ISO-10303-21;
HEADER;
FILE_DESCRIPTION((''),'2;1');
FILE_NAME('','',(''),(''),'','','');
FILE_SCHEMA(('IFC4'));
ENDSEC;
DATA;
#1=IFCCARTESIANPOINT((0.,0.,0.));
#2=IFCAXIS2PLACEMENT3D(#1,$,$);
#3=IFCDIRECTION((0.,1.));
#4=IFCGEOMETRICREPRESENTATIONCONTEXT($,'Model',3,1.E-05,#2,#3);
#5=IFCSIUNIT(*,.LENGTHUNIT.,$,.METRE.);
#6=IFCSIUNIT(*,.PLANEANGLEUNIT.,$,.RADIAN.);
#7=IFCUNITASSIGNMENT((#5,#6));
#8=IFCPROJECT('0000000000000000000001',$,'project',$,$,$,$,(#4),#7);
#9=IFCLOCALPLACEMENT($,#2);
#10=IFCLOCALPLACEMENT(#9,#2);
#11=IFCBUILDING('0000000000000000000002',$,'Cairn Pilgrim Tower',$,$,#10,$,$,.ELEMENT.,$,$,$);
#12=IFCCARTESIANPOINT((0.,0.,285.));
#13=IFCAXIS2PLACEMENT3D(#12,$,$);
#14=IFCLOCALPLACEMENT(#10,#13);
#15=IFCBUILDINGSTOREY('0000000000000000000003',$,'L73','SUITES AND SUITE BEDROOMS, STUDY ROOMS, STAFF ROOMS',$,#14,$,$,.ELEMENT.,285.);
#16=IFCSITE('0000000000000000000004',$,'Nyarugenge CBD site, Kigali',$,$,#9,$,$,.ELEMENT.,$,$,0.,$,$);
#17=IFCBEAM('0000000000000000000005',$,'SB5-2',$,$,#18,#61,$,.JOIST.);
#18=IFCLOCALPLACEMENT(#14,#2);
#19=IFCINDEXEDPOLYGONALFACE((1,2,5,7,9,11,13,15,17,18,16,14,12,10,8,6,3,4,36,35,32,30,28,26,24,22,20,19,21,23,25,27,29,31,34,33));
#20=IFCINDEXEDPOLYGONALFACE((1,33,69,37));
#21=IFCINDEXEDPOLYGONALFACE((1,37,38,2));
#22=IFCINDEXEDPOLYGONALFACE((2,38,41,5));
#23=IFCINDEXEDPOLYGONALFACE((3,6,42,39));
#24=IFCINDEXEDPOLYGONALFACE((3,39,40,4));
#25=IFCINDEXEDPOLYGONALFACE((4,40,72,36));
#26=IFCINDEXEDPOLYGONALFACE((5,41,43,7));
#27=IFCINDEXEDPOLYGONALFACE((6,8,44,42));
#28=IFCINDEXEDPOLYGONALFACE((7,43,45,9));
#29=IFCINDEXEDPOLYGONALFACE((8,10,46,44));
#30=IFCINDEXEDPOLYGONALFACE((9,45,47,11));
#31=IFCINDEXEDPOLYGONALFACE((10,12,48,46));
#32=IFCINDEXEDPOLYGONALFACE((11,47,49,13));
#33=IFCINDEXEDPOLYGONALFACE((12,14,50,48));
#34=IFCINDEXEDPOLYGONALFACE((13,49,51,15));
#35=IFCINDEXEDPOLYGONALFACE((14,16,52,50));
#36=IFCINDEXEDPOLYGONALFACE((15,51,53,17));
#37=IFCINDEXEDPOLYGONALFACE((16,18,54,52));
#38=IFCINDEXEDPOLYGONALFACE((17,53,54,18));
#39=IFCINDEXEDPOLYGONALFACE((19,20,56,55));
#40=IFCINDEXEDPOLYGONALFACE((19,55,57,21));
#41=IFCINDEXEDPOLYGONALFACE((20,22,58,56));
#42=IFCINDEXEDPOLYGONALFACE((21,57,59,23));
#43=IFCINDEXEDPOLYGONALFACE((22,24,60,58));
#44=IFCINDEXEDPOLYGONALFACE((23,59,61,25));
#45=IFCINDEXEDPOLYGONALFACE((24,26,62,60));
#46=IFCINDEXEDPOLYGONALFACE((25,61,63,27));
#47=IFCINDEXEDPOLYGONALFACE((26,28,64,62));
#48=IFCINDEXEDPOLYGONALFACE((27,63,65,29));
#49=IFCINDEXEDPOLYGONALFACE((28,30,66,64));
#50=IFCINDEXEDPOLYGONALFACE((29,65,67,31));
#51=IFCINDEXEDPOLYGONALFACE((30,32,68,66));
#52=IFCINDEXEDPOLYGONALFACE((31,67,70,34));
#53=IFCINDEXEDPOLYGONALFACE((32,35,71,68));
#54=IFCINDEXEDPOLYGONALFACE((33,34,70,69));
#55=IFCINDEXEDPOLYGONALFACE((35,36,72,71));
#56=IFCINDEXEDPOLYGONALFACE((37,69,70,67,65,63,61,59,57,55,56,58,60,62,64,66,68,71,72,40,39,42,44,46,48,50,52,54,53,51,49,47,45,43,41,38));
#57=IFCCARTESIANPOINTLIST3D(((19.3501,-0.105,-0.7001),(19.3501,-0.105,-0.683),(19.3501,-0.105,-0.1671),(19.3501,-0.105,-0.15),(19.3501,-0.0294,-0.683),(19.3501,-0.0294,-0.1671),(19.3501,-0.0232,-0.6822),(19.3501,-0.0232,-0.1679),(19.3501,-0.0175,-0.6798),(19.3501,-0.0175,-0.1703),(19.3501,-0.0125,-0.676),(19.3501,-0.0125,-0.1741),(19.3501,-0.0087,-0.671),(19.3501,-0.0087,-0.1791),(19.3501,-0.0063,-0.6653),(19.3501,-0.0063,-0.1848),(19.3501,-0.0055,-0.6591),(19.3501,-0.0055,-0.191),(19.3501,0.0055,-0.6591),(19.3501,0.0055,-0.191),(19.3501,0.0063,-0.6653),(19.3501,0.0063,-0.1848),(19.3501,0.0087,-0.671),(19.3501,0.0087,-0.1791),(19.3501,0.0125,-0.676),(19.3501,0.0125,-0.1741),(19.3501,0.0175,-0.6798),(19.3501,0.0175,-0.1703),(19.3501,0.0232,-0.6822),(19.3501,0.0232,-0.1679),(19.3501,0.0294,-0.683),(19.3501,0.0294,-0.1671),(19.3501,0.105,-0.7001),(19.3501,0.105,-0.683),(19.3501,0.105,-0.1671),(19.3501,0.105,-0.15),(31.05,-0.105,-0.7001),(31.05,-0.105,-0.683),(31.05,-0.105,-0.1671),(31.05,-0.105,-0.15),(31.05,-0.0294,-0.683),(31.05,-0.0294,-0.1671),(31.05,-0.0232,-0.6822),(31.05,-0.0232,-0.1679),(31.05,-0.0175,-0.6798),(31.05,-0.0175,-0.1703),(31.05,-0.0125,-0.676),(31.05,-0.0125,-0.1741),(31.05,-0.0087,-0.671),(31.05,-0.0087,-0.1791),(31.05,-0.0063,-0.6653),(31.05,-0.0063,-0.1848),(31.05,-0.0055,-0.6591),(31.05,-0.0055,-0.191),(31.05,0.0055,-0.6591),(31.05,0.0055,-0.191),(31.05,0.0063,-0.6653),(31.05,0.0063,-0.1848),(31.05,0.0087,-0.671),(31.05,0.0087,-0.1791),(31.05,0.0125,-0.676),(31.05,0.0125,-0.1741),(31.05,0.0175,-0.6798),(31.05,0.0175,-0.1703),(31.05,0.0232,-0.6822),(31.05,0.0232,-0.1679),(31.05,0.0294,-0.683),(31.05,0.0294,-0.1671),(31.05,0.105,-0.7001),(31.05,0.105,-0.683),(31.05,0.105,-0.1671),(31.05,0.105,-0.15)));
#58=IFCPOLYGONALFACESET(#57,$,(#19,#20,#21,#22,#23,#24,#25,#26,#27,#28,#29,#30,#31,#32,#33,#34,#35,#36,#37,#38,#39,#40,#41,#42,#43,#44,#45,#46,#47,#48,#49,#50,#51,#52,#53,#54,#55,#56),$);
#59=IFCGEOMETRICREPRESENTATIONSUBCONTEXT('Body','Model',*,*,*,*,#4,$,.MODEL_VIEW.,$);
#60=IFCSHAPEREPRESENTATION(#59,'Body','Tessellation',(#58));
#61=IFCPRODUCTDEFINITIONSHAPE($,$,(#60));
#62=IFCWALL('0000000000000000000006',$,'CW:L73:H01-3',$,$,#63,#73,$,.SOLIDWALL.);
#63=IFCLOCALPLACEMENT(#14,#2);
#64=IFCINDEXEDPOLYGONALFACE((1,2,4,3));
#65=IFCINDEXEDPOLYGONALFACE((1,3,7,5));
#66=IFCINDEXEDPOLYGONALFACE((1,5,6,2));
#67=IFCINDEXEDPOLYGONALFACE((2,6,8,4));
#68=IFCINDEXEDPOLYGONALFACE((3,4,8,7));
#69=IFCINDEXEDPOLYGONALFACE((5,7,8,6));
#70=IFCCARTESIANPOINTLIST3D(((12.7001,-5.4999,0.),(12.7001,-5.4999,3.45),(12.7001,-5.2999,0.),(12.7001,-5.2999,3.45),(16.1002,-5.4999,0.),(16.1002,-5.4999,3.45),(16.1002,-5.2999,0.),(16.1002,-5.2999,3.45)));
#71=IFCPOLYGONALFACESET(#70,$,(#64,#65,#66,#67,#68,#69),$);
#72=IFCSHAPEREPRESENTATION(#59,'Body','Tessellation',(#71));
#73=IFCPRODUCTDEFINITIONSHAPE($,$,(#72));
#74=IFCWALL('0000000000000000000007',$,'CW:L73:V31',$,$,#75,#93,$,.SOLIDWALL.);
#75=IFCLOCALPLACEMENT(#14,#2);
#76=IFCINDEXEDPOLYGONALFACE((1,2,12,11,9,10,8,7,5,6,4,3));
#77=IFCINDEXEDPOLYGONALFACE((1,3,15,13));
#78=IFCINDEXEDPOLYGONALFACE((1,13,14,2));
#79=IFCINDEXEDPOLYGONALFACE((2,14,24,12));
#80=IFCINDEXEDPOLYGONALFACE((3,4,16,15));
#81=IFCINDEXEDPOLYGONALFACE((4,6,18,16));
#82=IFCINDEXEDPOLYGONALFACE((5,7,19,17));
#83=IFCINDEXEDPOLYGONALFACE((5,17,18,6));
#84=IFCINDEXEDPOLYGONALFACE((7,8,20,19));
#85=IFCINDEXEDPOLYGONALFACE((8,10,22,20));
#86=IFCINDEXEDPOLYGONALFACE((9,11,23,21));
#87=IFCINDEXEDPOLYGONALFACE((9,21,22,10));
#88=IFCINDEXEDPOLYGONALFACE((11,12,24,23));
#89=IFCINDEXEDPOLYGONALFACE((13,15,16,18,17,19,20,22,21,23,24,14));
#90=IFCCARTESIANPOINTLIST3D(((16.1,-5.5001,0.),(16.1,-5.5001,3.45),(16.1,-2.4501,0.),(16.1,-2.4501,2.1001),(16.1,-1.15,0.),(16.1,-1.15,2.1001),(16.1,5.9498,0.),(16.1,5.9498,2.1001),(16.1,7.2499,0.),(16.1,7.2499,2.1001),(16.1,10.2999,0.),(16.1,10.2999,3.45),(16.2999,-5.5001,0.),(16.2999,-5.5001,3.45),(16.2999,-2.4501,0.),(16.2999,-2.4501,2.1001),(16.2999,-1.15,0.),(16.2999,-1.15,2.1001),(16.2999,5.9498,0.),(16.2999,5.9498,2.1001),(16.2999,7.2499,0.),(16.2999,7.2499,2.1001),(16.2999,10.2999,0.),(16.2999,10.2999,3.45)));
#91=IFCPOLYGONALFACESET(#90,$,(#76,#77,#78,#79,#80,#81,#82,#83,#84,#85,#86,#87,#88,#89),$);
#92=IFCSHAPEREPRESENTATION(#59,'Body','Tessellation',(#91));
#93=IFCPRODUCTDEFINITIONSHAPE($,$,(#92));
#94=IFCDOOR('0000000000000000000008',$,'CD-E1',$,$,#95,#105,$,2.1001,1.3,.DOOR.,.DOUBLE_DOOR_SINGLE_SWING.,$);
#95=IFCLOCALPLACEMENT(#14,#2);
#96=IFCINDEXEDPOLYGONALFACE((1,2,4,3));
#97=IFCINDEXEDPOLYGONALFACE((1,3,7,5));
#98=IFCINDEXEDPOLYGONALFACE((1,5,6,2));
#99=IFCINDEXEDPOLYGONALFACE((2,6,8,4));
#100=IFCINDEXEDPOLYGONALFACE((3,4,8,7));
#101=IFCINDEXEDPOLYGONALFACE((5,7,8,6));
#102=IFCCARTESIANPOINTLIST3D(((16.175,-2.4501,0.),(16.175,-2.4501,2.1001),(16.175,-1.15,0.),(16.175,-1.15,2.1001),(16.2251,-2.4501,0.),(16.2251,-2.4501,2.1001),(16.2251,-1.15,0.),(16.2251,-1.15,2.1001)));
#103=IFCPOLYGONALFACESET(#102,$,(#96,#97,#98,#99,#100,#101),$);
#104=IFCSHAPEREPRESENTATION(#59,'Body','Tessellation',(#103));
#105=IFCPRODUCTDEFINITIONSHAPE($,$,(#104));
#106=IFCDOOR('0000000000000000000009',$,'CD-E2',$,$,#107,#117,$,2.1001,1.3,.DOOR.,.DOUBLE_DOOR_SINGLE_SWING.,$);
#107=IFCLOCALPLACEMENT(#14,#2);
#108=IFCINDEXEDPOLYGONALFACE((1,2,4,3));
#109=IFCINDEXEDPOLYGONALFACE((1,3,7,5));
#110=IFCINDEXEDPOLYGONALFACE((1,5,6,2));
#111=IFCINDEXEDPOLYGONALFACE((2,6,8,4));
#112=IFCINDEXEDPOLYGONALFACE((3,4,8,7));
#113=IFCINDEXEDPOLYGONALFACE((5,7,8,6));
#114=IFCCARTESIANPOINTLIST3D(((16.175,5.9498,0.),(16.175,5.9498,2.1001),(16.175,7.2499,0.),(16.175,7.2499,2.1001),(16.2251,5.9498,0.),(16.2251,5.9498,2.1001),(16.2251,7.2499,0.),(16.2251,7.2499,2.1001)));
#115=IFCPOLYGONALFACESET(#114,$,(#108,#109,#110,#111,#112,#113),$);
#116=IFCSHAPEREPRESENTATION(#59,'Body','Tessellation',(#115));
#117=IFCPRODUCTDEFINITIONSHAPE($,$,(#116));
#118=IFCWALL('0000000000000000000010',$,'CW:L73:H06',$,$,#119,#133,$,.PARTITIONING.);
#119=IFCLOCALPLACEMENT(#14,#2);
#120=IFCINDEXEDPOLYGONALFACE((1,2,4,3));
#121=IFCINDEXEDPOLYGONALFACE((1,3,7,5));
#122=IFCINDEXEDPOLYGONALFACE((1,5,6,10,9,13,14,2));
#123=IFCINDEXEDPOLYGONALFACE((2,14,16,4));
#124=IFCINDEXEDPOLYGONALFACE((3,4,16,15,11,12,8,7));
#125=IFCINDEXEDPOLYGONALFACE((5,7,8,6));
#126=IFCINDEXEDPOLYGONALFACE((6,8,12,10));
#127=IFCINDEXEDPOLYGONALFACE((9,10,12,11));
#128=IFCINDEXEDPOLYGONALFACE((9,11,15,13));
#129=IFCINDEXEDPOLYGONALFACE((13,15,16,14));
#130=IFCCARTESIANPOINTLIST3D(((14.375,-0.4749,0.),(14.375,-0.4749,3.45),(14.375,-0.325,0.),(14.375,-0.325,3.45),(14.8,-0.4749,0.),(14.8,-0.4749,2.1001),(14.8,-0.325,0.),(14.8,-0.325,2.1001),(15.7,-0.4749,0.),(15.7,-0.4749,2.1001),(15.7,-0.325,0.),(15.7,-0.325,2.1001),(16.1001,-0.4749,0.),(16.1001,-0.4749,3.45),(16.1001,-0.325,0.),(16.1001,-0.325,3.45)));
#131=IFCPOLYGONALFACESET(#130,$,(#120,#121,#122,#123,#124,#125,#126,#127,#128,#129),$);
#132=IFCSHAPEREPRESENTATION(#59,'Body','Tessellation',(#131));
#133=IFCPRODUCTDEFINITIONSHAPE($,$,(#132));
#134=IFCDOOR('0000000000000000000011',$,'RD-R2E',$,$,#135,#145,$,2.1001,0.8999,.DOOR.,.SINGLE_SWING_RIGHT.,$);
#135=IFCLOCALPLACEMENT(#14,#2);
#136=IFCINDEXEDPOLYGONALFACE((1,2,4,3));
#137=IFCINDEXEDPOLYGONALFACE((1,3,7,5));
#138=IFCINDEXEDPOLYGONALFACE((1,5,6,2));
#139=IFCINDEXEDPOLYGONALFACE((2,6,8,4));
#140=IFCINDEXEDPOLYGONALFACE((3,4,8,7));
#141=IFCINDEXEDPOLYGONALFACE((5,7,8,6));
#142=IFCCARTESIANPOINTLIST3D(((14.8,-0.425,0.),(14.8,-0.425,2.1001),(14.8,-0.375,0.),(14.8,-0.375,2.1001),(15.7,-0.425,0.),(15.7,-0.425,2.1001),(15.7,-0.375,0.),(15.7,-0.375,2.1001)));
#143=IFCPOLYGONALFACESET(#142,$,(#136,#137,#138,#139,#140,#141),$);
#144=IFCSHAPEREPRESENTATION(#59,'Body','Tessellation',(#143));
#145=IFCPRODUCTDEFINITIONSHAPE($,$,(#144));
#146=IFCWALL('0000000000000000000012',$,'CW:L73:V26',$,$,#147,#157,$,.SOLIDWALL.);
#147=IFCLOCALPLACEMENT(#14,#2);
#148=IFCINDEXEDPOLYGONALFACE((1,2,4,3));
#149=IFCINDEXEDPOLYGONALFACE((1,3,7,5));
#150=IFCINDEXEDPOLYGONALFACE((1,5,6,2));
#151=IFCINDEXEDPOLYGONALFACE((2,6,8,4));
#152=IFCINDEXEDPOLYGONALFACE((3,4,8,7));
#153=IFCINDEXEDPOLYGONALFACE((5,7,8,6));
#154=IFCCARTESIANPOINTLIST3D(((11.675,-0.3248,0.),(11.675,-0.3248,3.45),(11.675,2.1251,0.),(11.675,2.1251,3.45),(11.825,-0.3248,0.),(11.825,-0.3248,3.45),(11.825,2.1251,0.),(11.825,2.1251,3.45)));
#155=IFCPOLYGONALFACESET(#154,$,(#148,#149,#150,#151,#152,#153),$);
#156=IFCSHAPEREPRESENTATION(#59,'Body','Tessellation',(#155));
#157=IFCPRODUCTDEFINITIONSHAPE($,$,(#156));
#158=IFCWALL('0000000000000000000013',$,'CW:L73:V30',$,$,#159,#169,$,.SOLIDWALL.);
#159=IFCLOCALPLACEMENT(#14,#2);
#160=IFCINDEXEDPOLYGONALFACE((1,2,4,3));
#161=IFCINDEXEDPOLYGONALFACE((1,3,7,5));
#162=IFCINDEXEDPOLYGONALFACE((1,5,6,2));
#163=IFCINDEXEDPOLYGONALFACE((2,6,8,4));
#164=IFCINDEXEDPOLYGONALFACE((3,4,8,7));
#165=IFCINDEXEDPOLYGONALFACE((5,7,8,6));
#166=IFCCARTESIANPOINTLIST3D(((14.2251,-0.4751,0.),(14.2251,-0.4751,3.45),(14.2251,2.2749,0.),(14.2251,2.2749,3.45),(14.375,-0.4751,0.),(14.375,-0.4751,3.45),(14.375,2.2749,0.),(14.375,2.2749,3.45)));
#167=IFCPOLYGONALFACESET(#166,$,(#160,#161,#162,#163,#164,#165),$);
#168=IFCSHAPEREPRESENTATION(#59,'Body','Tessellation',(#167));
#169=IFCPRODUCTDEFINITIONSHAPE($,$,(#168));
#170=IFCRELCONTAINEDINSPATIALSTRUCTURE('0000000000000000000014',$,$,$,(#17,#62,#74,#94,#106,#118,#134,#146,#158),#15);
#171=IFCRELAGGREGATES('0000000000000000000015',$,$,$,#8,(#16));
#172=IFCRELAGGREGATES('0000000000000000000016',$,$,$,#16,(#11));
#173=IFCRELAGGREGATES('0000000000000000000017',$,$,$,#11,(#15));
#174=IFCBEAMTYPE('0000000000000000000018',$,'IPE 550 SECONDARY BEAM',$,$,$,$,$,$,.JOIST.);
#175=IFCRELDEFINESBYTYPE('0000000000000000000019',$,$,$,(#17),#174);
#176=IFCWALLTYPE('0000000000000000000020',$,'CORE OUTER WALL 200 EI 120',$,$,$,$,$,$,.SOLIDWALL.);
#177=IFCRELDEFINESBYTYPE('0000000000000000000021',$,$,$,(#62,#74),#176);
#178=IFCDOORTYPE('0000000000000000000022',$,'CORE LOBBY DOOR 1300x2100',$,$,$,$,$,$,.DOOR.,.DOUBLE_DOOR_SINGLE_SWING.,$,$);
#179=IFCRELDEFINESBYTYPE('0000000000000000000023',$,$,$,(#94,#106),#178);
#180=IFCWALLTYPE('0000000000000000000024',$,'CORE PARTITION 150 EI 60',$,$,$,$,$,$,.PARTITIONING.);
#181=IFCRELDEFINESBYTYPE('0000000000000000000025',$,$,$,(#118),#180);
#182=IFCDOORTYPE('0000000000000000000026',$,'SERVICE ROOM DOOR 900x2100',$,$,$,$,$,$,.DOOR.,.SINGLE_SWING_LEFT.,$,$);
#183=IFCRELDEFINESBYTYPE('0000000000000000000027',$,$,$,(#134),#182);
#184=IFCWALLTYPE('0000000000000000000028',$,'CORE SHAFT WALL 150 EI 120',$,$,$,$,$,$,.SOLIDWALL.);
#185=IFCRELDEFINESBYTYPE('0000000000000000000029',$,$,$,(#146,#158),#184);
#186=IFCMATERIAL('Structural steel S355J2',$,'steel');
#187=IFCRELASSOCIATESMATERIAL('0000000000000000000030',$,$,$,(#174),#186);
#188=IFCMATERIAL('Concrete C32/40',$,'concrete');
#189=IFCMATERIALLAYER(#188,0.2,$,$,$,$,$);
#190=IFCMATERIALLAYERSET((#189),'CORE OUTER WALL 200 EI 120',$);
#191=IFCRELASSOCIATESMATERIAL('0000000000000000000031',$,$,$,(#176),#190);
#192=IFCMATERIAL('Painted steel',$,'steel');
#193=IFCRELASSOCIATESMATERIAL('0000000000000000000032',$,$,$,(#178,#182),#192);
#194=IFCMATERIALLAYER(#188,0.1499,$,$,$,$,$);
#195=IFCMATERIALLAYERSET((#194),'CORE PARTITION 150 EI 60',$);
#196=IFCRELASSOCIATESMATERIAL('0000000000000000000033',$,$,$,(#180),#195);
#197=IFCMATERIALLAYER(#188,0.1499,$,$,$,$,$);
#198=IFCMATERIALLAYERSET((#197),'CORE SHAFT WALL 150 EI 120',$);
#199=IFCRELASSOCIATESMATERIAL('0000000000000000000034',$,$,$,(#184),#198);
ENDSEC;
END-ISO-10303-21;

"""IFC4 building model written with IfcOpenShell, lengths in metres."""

from ifc_helpers import new_model, si_unit, direction, frame, frame_2d, origin, origin_2d, place, context, subcontext, project, spatial, rectangle, i_section, extrude, material, layer, layer_set, material_profile, profile_set, type_object, element, fill, save


model = new_model("IFC4")

# Units and contexts
model_context = context("Model", 3, precision=1e-05, world=origin(), true_north=direction((0.0, 1.0)))
body_context = subcontext(model_context, "Body", "Model", "MODEL_VIEW")
ifc_project = project(units=[si_unit("LENGTHUNIT", "METRE"), si_unit("PLANEANGLEUNIT", "RADIAN")], contexts=[model_context])

# Site, building, storey
site_placement = place(None, origin())
site = spatial("IfcSite", under=ifc_project, at=site_placement, Name="Nyarugenge CBD site, Kigali", CompositionType="ELEMENT", RefElevation=0.0)
building_placement = place(site_placement, origin())
building = spatial("IfcBuilding", under=site, at=building_placement, Name="Cairn Pilgrim Tower", CompositionType="ELEMENT")
storey_placement = place(building_placement, frame((0.0, 0.0, 285.0)))
storey = spatial("IfcBuildingStorey", under=building, at=storey_placement, Name="L73", Description="SUITES AND SUITE BEDROOMS, STUDY ROOMS, STAFF ROOMS", CompositionType="ELEMENT", Elevation=285.0)

# Shared definitions
ifc_material_1 = material(Name="Structural steel S355J2", Category="steel")

# Beam
ifc_material_profile_1 = material_profile(ifc_material_1, i_section(OverallWidth=0.21, OverallDepth=0.55, WebThickness=0.011, FlangeThickness=0.0171, FilletRadius=0.0239, at=origin_2d()), Name="IPE 550")
ifc_profile_set_1 = profile_set([ifc_material_profile_1], Name="Structural steel S355J2")
beam_type_1 = type_object("IfcBeamType", Name="IPE 550 SECONDARY BEAM", PredefinedType="JOIST", material=ifc_profile_set_1)
for number, where, z_axis, x_axis, name in (
    (1, (19.3501, 0.0, -0.425), (1.0, 0.0, 0.0), (0.0, 1.0, 0.0), "SB5-2"),
):
    element("IfcBeam", number, at=place(storey_placement, frame(where, z_axis=z_axis, x_axis=x_axis)), inside=storey, type_object=beam_type_1, Name=name, PredefinedType="JOIST", context=body_context, shape_type="SweptSolid", body=[
        extrude(i_section(OverallWidth=0.21, OverallDepth=0.55, WebThickness=0.011, FlangeThickness=0.0171, FilletRadius=0.0239, at=origin_2d()), origin(), (0.0, 0.0, 1.0), 11.7),
    ])

# Wall
ifc_material_2 = material(Name="Concrete C32/40", Category="concrete")
ifc_layer_1 = layer(ifc_material_2, 0.2)
ifc_layer_set_1 = layer_set([ifc_layer_1], Name="CORE OUTER WALL 200 EI 120")
wall_type_1 = type_object("IfcWallType", Name="CORE OUTER WALL 200 EI 120", PredefinedType="SOLIDWALL", material=ifc_layer_set_1)
wall_1_placement = place(storey_placement, frame((12.7, -5.3999, 0.0), z_axis=(0.0, 0.0, 1.0), x_axis=(1.0, 0.0, 0.0)))
element("IfcWall", 2, at=wall_1_placement, inside=storey, type_object=wall_type_1, Name="CW:L73:H01-3", PredefinedType="SOLIDWALL", context=body_context, shape_type="SweptSolid", body=[
    extrude(rectangle(XDim=3.4001, YDim=0.2, at=frame_2d((1.7002, 0.0))), origin(), (0.0, 0.0, 1.0), 3.45),
])

# Wall, openings, doors
wall_2_placement = place(storey_placement, frame((16.2, -5.5, 0.0), z_axis=(0.0, 0.0, 1.0), x_axis=(0.0, 1.0, 0.0)))
wall_2 = element("IfcWall", 3, at=wall_2_placement, inside=storey, type_object=wall_type_1, Name="CW:L73:V31", PredefinedType="SOLIDWALL", context=body_context, shape_type="SweptSolid", body=[
    extrude(rectangle(XDim=15.8, YDim=0.2, at=frame_2d((7.8999, 0.0))), origin(), (0.0, 0.0, 1.0), 3.45),
])
opening_1_placement = place(wall_2_placement, frame((3.05, 0.0, 0.0)))
opening_1 = element("IfcOpeningElement", 4, at=opening_1_placement, cuts=wall_2, PredefinedType="OPENING", context=body_context, shape_type="SweptSolid", body=[
    extrude(rectangle(XDim=1.3, YDim=2.1001, at=frame_2d((0.6499, 1.05))), frame((0.0, 0.1099, 0.0), z_axis=(0.0, -1.0, 0.0), x_axis=(1.0, 0.0, 0.0)), (0.0, 0.0, 1.0), 0.22),
])
opening_2_placement = place(wall_2_placement, frame((11.45, 0.0, 0.0)))
opening_2 = element("IfcOpeningElement", 5, at=opening_2_placement, cuts=wall_2, PredefinedType="OPENING", context=body_context, shape_type="SweptSolid", body=[
    extrude(rectangle(XDim=1.3, YDim=2.1001, at=frame_2d((0.6499, 1.05))), frame((0.0, 0.1099, 0.0), z_axis=(0.0, -1.0, 0.0), x_axis=(1.0, 0.0, 0.0)), (0.0, 0.0, 1.0), 0.22),
])
ifc_material_3 = material(Name="Painted steel", Category="steel")
door_type_1 = type_object("IfcDoorType", Name="CORE LOBBY DOOR 1300x2100", OperationType="DOUBLE_DOOR_SINGLE_SWING", PredefinedType="DOOR", material=ifc_material_3)
door_1_placement = place(opening_1_placement, origin())
door_1 = element("IfcDoor", 6, at=door_1_placement, inside=storey, type_object=door_type_1, Name="CD-E1", OperationType="DOUBLE_DOOR_SINGLE_SWING", OverallHeight=2.1001, OverallWidth=1.3, PredefinedType="DOOR", context=body_context, shape_type="SweptSolid", body=[
    extrude(rectangle(XDim=1.3, YDim=2.1001, at=frame_2d((0.6499, 1.05))), frame((0.0, 0.0249, 0.0), z_axis=(0.0, -1.0, 0.0), x_axis=(1.0, 0.0, 0.0)), (0.0, 0.0, 1.0), 0.05),
])
fill(opening_1, door_1)
door_2_placement = place(opening_2_placement, origin())
door_2 = element("IfcDoor", 7, at=door_2_placement, inside=storey, type_object=door_type_1, Name="CD-E2", OperationType="DOUBLE_DOOR_SINGLE_SWING", OverallHeight=2.1001, OverallWidth=1.3, PredefinedType="DOOR", context=body_context, shape_type="SweptSolid", body=[
    extrude(rectangle(XDim=1.3, YDim=2.1001, at=frame_2d((0.6499, 1.05))), frame((0.0, 0.0249, 0.0), z_axis=(0.0, -1.0, 0.0), x_axis=(1.0, 0.0, 0.0)), (0.0, 0.0, 1.0), 0.05),
])
fill(opening_2, door_2)

# Wall, opening, door
ifc_layer_2 = layer(ifc_material_2, 0.1499)
ifc_layer_set_2 = layer_set([ifc_layer_2], Name="CORE PARTITION 150 EI 60")
wall_type_2 = type_object("IfcWallType", Name="CORE PARTITION 150 EI 60", PredefinedType="PARTITIONING", material=ifc_layer_set_2)
wall_3_placement = place(storey_placement, frame((14.375, -0.3999, 0.0), z_axis=(0.0, 0.0, 1.0), x_axis=(1.0, 0.0, 0.0)))
wall_3 = element("IfcWall", 8, at=wall_3_placement, inside=storey, type_object=wall_type_2, Name="CW:L73:H06", PredefinedType="PARTITIONING", context=body_context, shape_type="SweptSolid", body=[
    extrude(rectangle(XDim=1.7251, YDim=0.1499, at=frame_2d((0.8625, 0.0))), origin(), (0.0, 0.0, 1.0), 3.45),
])
opening_3_placement = place(wall_3_placement, frame((0.425, 0.0, 0.0)))
opening_3 = element("IfcOpeningElement", 9, at=opening_3_placement, cuts=wall_3, PredefinedType="OPENING", context=body_context, shape_type="SweptSolid", body=[
    extrude(rectangle(XDim=0.8999, YDim=2.1001, at=frame_2d((0.45, 1.05))), frame((0.0, 0.085, 0.0), z_axis=(0.0, -1.0, 0.0), x_axis=(1.0, 0.0, 0.0)), (0.0, 0.0, 1.0), 0.1699),
])
door_type_2 = type_object("IfcDoorType", Name="SERVICE ROOM DOOR 900x2100", OperationType="SINGLE_SWING_LEFT", PredefinedType="DOOR", material=ifc_material_3)
door_3_placement = place(opening_3_placement, origin())
door_3 = element("IfcDoor", 10, at=door_3_placement, inside=storey, type_object=door_type_2, Name="RD-R2E", OperationType="SINGLE_SWING_RIGHT", OverallHeight=2.1001, OverallWidth=0.8999, PredefinedType="DOOR", context=body_context, shape_type="SweptSolid", body=[
    extrude(rectangle(XDim=0.8999, YDim=2.1001, at=frame_2d((0.45, 1.05))), frame((0.0, 0.0249, 0.0), z_axis=(0.0, -1.0, 0.0), x_axis=(1.0, 0.0, 0.0)), (0.0, 0.0, 1.0), 0.05),
])
fill(opening_3, door_3)

# Walls
ifc_layer_3 = layer(ifc_material_2, 0.1499)
ifc_layer_set_3 = layer_set([ifc_layer_3], Name="CORE SHAFT WALL 150 EI 120")
wall_type_3 = type_object("IfcWallType", Name="CORE SHAFT WALL 150 EI 120", PredefinedType="SOLIDWALL", material=ifc_layer_set_3)
wall_4_placement = place(storey_placement, frame((11.75, -0.325, 0.0), z_axis=(0.0, 0.0, 1.0), x_axis=(0.0, 1.0, 0.0)))
element("IfcWall", 11, at=wall_4_placement, inside=storey, type_object=wall_type_3, Name="CW:L73:V26", PredefinedType="SOLIDWALL", context=body_context, shape_type="SweptSolid", body=[
    extrude(rectangle(XDim=2.45, YDim=0.1499, at=frame_2d((1.2251, 0.0))), origin(), (0.0, 0.0, 1.0), 3.45),
])
wall_5_placement = place(storey_placement, frame((14.3, -0.4751, 0.0), z_axis=(0.0, 0.0, 1.0), x_axis=(0.0, 1.0, 0.0)))
element("IfcWall", 12, at=wall_5_placement, inside=storey, type_object=wall_type_3, Name="CW:L73:V30", PredefinedType="SOLIDWALL", context=body_context, shape_type="SweptSolid", body=[
    extrude(rectangle(XDim=2.75, YDim=0.1499, at=frame_2d((1.375, 0.0))), origin(), (0.0, 0.0, 1.0), 3.45),
])

save(model, "model.ifc")
